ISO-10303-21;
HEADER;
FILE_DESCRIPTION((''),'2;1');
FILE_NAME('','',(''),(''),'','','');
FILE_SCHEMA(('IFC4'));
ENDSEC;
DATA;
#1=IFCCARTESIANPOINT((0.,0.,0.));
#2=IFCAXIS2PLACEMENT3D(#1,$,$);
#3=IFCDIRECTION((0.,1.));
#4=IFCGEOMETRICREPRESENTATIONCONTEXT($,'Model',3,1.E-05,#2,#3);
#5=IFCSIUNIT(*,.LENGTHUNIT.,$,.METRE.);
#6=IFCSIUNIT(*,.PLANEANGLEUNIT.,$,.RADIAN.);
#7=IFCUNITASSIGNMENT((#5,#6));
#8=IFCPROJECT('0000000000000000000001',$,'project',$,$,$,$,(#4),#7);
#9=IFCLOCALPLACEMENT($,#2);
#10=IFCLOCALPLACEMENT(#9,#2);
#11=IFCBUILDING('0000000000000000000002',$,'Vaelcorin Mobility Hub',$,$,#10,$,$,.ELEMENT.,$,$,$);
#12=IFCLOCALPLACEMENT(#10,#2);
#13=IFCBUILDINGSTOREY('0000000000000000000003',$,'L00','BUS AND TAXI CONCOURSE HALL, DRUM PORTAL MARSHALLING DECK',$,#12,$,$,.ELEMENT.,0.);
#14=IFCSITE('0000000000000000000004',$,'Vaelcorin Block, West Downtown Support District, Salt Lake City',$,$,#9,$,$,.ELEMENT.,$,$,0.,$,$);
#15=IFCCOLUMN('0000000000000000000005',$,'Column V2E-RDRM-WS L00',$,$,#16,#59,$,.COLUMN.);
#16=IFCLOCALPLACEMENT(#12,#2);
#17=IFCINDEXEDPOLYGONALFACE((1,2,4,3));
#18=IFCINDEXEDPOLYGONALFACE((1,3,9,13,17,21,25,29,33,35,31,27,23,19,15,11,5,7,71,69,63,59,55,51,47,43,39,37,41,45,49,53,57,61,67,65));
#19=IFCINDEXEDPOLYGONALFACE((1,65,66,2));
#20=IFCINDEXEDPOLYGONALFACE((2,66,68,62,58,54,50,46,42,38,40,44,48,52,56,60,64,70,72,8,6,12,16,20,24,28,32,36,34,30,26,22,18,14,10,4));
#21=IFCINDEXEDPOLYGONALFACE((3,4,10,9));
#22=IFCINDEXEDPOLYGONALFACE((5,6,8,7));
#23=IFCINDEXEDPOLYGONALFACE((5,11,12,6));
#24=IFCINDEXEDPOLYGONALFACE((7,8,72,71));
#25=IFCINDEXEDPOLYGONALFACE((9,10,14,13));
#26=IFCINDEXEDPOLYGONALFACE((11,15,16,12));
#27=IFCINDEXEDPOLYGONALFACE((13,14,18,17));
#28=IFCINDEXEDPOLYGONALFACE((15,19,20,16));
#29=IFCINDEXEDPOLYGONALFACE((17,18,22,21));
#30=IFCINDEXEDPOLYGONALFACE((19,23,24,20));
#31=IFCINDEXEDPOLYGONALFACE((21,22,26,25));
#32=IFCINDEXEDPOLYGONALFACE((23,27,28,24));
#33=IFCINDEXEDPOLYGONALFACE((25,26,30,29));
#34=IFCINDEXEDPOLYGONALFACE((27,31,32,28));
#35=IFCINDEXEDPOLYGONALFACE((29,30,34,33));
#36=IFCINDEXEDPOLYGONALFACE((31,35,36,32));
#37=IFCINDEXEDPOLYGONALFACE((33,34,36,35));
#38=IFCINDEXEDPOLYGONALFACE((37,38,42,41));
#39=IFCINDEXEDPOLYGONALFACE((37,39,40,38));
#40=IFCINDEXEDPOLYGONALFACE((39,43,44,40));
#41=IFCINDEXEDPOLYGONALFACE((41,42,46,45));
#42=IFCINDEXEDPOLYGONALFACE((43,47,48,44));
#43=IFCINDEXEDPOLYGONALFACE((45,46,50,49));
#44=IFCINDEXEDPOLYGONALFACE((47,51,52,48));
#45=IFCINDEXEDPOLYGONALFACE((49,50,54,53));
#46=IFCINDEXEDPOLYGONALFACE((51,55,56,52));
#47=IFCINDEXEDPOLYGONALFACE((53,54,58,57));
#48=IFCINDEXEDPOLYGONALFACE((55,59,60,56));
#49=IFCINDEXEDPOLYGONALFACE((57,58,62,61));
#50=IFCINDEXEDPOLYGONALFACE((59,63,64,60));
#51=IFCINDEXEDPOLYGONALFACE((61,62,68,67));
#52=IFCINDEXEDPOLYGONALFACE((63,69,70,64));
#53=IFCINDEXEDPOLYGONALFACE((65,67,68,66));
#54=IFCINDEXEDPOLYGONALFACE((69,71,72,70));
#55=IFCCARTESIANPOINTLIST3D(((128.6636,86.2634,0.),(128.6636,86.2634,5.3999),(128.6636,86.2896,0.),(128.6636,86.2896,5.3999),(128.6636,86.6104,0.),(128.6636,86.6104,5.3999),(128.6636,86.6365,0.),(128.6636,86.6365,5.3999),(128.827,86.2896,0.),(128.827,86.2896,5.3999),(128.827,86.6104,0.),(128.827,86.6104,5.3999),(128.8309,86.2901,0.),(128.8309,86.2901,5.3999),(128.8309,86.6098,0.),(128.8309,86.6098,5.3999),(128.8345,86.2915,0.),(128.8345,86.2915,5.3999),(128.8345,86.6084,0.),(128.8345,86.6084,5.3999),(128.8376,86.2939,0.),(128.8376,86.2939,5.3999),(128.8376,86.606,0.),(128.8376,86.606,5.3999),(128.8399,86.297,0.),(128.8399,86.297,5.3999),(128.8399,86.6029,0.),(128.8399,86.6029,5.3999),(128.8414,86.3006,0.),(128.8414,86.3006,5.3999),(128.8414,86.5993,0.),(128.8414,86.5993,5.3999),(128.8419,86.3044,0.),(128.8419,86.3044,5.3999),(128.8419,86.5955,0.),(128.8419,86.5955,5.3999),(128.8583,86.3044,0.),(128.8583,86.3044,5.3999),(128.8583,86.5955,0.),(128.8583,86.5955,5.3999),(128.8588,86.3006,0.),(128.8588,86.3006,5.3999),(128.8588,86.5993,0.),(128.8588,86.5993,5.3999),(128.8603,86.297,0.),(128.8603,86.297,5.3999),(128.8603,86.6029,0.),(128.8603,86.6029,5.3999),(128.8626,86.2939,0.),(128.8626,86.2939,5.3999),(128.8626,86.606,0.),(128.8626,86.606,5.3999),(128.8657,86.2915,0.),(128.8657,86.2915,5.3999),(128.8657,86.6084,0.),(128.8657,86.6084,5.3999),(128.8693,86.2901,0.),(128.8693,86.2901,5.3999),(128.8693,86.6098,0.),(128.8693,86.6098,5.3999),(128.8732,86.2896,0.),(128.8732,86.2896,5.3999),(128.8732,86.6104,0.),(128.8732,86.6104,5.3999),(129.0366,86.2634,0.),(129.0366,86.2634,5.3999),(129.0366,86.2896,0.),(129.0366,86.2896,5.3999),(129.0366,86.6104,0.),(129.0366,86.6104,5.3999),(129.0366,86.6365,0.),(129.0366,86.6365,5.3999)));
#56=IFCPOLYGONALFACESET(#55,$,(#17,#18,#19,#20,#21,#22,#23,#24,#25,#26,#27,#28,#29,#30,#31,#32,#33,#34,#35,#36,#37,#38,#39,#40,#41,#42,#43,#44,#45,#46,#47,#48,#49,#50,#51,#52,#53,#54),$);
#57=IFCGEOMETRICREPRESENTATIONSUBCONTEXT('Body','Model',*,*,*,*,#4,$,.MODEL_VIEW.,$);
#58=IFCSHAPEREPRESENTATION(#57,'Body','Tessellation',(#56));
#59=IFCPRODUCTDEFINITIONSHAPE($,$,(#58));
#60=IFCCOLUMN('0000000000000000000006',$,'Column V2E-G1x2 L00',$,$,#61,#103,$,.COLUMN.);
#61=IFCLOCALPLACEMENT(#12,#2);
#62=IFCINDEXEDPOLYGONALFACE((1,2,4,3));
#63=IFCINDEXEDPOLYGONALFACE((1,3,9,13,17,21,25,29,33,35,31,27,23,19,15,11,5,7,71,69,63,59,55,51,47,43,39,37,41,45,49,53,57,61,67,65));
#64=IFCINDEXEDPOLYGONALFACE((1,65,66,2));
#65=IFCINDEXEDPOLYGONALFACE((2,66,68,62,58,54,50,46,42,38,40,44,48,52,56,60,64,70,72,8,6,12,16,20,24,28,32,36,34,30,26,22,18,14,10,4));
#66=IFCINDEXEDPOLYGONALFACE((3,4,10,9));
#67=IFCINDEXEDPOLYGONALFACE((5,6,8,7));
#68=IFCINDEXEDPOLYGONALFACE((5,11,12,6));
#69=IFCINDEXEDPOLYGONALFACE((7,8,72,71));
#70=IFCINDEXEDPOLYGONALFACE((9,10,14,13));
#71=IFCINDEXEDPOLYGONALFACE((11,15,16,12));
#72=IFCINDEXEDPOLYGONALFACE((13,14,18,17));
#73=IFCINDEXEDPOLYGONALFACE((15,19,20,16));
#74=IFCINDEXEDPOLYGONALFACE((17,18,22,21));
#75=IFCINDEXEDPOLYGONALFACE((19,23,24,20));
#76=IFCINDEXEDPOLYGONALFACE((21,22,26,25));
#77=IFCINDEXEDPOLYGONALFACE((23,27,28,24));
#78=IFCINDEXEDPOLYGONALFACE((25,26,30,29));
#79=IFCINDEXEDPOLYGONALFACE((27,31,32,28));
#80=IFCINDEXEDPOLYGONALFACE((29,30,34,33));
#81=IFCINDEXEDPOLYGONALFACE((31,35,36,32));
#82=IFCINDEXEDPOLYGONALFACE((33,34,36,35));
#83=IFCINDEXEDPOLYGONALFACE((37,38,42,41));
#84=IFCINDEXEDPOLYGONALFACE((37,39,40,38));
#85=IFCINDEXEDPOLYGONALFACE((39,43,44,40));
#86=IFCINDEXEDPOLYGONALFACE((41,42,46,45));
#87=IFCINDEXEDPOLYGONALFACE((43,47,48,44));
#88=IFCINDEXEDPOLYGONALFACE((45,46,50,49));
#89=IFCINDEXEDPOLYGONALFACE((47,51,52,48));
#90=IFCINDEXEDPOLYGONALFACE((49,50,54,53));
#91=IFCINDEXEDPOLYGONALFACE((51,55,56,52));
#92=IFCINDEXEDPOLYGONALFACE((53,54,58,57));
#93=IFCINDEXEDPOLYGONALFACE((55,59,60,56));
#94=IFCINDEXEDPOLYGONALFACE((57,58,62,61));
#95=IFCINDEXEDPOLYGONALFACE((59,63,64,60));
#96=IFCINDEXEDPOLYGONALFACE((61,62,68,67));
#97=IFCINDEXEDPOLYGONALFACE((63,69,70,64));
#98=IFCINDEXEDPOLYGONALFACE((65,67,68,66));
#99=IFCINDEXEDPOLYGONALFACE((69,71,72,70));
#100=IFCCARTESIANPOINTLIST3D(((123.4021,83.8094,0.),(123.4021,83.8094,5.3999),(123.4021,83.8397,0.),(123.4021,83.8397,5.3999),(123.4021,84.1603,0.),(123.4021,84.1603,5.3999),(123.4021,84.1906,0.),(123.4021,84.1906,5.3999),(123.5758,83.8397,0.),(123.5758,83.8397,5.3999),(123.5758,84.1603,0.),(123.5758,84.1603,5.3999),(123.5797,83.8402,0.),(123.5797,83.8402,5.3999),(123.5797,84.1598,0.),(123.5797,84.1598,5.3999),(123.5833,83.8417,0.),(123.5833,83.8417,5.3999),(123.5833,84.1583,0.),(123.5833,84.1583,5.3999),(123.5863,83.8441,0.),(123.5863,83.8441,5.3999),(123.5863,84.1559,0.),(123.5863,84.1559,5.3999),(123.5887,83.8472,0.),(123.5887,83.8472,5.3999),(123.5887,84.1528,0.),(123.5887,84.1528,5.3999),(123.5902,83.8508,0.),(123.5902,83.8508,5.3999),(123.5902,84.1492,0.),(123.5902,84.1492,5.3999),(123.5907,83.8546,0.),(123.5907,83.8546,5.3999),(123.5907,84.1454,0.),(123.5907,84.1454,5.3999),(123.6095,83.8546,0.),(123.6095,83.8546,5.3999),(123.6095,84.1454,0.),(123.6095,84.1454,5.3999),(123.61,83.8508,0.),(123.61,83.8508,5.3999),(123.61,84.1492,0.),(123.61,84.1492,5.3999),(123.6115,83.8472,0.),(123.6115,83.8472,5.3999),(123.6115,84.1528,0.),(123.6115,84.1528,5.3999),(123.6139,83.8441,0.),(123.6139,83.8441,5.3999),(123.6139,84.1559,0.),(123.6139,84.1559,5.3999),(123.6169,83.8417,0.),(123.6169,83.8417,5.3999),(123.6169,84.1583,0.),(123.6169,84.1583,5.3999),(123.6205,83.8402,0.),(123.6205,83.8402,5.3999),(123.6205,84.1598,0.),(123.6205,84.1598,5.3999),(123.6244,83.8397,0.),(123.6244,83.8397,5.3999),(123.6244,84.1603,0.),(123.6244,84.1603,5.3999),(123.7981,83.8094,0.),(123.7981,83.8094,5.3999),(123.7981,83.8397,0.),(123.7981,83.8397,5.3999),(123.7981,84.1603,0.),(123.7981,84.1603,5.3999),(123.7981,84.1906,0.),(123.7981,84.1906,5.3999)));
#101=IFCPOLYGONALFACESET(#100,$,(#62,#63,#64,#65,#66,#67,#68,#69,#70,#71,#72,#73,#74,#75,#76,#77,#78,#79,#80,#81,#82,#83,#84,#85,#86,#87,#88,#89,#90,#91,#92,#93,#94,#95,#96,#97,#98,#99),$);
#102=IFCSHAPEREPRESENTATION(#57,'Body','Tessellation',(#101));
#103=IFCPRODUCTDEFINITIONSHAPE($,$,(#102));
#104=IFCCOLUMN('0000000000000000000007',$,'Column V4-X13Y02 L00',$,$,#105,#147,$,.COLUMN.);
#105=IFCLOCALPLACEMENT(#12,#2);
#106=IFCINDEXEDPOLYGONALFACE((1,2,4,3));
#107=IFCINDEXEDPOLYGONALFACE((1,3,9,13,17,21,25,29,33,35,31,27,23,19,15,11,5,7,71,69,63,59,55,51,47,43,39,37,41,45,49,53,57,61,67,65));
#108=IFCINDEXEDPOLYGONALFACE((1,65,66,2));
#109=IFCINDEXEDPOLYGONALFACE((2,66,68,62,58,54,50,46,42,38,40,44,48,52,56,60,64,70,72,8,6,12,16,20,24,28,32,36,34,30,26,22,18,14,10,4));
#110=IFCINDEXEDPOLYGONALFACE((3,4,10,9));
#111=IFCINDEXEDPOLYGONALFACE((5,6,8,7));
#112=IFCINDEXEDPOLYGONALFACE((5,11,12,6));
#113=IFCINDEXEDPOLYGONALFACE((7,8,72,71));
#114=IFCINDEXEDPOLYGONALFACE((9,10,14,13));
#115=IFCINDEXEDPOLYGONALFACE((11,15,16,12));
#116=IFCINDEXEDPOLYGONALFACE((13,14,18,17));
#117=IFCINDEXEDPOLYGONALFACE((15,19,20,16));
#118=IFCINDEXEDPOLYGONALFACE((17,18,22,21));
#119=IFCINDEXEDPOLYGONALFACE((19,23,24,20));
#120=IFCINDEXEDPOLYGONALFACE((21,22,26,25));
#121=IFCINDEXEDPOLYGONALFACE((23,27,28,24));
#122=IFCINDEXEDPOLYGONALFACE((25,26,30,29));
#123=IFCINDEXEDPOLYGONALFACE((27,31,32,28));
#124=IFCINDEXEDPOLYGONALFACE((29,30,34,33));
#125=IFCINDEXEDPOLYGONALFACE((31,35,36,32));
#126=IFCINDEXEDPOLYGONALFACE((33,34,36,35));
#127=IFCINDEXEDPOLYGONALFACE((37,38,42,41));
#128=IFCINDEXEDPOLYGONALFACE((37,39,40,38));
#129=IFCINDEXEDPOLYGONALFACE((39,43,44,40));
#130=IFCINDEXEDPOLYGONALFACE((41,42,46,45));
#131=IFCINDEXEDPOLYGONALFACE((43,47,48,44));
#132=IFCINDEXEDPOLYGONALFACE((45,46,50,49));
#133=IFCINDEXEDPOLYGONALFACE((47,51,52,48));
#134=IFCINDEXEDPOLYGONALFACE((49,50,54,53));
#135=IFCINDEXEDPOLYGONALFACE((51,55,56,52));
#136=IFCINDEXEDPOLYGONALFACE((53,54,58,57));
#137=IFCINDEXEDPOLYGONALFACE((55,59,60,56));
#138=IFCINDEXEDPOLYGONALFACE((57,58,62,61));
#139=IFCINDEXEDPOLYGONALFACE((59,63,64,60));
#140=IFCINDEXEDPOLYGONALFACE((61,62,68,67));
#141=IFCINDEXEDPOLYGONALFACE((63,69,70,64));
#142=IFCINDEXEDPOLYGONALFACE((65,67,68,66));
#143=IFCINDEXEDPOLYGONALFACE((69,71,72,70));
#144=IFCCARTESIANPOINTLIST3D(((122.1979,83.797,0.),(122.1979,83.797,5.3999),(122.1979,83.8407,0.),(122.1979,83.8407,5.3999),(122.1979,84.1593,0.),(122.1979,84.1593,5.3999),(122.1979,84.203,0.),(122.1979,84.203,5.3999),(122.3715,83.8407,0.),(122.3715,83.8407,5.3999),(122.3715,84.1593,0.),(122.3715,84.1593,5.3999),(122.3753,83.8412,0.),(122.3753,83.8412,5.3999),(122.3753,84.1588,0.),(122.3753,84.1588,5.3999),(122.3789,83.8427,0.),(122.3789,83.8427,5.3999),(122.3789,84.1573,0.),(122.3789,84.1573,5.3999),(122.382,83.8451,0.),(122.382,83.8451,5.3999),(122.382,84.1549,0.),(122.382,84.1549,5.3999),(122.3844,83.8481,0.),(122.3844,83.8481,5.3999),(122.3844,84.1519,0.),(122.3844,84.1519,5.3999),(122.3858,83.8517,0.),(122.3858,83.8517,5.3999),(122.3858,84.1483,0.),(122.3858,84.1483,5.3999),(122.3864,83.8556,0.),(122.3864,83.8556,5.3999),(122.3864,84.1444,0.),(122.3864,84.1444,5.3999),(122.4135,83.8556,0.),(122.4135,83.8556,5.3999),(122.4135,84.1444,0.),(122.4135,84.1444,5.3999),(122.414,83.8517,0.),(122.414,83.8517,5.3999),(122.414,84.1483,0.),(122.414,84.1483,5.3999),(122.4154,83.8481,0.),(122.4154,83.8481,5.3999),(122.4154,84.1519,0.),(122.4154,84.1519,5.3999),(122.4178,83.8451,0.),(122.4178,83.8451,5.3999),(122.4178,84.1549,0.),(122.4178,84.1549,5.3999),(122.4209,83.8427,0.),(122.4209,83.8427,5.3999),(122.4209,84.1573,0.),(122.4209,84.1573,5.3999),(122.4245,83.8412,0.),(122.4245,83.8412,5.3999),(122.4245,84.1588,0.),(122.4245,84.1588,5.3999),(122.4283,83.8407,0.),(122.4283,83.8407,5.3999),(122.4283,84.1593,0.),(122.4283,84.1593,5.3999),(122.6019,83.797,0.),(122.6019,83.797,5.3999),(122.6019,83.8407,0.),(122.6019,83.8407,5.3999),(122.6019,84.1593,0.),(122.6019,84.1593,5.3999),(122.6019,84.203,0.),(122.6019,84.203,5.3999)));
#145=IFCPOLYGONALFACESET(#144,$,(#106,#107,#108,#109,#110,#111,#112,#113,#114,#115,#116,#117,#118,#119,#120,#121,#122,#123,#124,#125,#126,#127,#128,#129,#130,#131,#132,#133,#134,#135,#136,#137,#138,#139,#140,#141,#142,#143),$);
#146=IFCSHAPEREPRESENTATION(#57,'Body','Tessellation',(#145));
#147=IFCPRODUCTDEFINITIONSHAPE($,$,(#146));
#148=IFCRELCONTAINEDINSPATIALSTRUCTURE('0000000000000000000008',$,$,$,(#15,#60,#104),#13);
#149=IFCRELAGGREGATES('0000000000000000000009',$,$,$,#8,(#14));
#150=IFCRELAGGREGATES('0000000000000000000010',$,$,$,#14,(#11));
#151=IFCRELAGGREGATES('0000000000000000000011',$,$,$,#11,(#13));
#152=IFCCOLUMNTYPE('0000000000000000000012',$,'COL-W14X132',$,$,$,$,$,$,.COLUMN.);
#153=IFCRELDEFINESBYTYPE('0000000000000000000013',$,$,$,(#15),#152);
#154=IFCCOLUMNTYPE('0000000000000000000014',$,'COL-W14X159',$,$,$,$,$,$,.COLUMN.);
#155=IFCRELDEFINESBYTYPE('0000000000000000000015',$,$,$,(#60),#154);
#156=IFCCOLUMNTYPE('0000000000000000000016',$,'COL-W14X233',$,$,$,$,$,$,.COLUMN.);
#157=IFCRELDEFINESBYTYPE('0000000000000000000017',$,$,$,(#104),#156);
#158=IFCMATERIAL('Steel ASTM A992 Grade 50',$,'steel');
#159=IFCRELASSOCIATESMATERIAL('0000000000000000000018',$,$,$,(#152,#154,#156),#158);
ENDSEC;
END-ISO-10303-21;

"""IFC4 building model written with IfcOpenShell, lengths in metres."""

from ifc_helpers import new_model, si_unit, direction, frame, origin, origin_2d, place, context, subcontext, project, spatial, i_section, extrude, material, material_profile, profile_set, type_object, element, save


model = new_model("IFC4")

# Units and contexts
model_context = context("Model", 3, precision=1e-05, world=origin(), true_north=direction((0.0, 1.0)))
body_context = subcontext(model_context, "Body", "Model", "MODEL_VIEW")
ifc_project = project(units=[si_unit("LENGTHUNIT", "METRE"), si_unit("PLANEANGLEUNIT", "RADIAN")], contexts=[model_context])

# Site, building, storey
site_placement = place(None, origin())
site = spatial("IfcSite", under=ifc_project, at=site_placement, Name="Vaelcorin Block, West Downtown Support District, Salt Lake City", CompositionType="ELEMENT", RefElevation=0.0)
building_placement = place(site_placement, origin())
building = spatial("IfcBuilding", under=site, at=building_placement, Name="Vaelcorin Mobility Hub", CompositionType="ELEMENT")
storey_placement = place(building_placement, origin())
storey = spatial("IfcBuildingStorey", under=building, at=storey_placement, Name="L00", Description="BUS AND TAXI CONCOURSE HALL, DRUM PORTAL MARSHALLING DECK", CompositionType="ELEMENT", Elevation=0.0)

# Columns
ifc_material_1 = material(Name="Steel ASTM A992 Grade 50", Category="steel")
ifc_material_profile_1 = material_profile(ifc_material_1, i_section(OverallWidth=0.373, OverallDepth=0.373, WebThickness=0.0164, FlangeThickness=0.0261, FilletRadius=0.0149, at=origin_2d()), Name="W14X132")
ifc_profile_set_1 = profile_set([ifc_material_profile_1], Name="Steel ASTM A992 Grade 50")
column_type_1 = type_object("IfcColumnType", Name="COL-W14X132", PredefinedType="COLUMN", material=ifc_profile_set_1)
column_1_placement = place(storey_placement, frame((128.8501, 86.45, 0.0), z_axis=(0.0, 0.0, 1.0), x_axis=(1.0, 0.0, 0.0)))
element("IfcColumn", 1, at=column_1_placement, inside=storey, type_object=column_type_1, Name="Column V2E-RDRM-WS L00", PredefinedType="COLUMN", context=body_context, shape_type="SweptSolid", body=[
    extrude(i_section(OverallWidth=0.373, OverallDepth=0.373, WebThickness=0.0164, FlangeThickness=0.0261, FilletRadius=0.0149, at=origin_2d()), origin(), (0.0, 0.0, 1.0), 5.3999),
])
ifc_material_profile_2 = material_profile(ifc_material_1, i_section(OverallWidth=0.396, OverallDepth=0.3811, WebThickness=0.0188, FlangeThickness=0.0303, FilletRadius=0.0149, at=origin_2d()), Name="W14X159")
ifc_profile_set_2 = profile_set([ifc_material_profile_2], Name="Steel ASTM A992 Grade 50")
column_type_2 = type_object("IfcColumnType", Name="COL-W14X159", PredefinedType="COLUMN", material=ifc_profile_set_2)
column_2_placement = place(storey_placement, frame((123.6001, 84.0, 0.0), z_axis=(0.0, 0.0, 1.0), x_axis=(1.0, 0.0, 0.0)))
element("IfcColumn", 2, at=column_2_placement, inside=storey, type_object=column_type_2, Name="Column V2E-G1x2 L00", PredefinedType="COLUMN", context=body_context, shape_type="SweptSolid", body=[
    extrude(i_section(OverallWidth=0.396, OverallDepth=0.3811, WebThickness=0.0188, FlangeThickness=0.0303, FilletRadius=0.0149, at=origin_2d()), origin(), (0.0, 0.0, 1.0), 5.3999),
])
ifc_material_profile_3 = material_profile(ifc_material_1, i_section(OverallWidth=0.4041, OverallDepth=0.406, WebThickness=0.0271, FlangeThickness=0.0437, FilletRadius=0.0149, at=origin_2d()), Name="W14X233")
ifc_profile_set_3 = profile_set([ifc_material_profile_3], Name="Steel ASTM A992 Grade 50")
column_type_3 = type_object("IfcColumnType", Name="COL-W14X233", PredefinedType="COLUMN", material=ifc_profile_set_3)
column_3_placement = place(storey_placement, frame((122.3999, 84.0, 0.0), z_axis=(0.0, 0.0, 1.0), x_axis=(1.0, 0.0, 0.0)))
element("IfcColumn", 3, at=column_3_placement, inside=storey, type_object=column_type_3, Name="Column V4-X13Y02 L00", PredefinedType="COLUMN", context=body_context, shape_type="SweptSolid", body=[
    extrude(i_section(OverallWidth=0.4041, OverallDepth=0.406, WebThickness=0.0271, FlangeThickness=0.0437, FilletRadius=0.0149, at=origin_2d()), origin(), (0.0, 0.0, 1.0), 5.3999),
])

save(model, "model.ifc")
